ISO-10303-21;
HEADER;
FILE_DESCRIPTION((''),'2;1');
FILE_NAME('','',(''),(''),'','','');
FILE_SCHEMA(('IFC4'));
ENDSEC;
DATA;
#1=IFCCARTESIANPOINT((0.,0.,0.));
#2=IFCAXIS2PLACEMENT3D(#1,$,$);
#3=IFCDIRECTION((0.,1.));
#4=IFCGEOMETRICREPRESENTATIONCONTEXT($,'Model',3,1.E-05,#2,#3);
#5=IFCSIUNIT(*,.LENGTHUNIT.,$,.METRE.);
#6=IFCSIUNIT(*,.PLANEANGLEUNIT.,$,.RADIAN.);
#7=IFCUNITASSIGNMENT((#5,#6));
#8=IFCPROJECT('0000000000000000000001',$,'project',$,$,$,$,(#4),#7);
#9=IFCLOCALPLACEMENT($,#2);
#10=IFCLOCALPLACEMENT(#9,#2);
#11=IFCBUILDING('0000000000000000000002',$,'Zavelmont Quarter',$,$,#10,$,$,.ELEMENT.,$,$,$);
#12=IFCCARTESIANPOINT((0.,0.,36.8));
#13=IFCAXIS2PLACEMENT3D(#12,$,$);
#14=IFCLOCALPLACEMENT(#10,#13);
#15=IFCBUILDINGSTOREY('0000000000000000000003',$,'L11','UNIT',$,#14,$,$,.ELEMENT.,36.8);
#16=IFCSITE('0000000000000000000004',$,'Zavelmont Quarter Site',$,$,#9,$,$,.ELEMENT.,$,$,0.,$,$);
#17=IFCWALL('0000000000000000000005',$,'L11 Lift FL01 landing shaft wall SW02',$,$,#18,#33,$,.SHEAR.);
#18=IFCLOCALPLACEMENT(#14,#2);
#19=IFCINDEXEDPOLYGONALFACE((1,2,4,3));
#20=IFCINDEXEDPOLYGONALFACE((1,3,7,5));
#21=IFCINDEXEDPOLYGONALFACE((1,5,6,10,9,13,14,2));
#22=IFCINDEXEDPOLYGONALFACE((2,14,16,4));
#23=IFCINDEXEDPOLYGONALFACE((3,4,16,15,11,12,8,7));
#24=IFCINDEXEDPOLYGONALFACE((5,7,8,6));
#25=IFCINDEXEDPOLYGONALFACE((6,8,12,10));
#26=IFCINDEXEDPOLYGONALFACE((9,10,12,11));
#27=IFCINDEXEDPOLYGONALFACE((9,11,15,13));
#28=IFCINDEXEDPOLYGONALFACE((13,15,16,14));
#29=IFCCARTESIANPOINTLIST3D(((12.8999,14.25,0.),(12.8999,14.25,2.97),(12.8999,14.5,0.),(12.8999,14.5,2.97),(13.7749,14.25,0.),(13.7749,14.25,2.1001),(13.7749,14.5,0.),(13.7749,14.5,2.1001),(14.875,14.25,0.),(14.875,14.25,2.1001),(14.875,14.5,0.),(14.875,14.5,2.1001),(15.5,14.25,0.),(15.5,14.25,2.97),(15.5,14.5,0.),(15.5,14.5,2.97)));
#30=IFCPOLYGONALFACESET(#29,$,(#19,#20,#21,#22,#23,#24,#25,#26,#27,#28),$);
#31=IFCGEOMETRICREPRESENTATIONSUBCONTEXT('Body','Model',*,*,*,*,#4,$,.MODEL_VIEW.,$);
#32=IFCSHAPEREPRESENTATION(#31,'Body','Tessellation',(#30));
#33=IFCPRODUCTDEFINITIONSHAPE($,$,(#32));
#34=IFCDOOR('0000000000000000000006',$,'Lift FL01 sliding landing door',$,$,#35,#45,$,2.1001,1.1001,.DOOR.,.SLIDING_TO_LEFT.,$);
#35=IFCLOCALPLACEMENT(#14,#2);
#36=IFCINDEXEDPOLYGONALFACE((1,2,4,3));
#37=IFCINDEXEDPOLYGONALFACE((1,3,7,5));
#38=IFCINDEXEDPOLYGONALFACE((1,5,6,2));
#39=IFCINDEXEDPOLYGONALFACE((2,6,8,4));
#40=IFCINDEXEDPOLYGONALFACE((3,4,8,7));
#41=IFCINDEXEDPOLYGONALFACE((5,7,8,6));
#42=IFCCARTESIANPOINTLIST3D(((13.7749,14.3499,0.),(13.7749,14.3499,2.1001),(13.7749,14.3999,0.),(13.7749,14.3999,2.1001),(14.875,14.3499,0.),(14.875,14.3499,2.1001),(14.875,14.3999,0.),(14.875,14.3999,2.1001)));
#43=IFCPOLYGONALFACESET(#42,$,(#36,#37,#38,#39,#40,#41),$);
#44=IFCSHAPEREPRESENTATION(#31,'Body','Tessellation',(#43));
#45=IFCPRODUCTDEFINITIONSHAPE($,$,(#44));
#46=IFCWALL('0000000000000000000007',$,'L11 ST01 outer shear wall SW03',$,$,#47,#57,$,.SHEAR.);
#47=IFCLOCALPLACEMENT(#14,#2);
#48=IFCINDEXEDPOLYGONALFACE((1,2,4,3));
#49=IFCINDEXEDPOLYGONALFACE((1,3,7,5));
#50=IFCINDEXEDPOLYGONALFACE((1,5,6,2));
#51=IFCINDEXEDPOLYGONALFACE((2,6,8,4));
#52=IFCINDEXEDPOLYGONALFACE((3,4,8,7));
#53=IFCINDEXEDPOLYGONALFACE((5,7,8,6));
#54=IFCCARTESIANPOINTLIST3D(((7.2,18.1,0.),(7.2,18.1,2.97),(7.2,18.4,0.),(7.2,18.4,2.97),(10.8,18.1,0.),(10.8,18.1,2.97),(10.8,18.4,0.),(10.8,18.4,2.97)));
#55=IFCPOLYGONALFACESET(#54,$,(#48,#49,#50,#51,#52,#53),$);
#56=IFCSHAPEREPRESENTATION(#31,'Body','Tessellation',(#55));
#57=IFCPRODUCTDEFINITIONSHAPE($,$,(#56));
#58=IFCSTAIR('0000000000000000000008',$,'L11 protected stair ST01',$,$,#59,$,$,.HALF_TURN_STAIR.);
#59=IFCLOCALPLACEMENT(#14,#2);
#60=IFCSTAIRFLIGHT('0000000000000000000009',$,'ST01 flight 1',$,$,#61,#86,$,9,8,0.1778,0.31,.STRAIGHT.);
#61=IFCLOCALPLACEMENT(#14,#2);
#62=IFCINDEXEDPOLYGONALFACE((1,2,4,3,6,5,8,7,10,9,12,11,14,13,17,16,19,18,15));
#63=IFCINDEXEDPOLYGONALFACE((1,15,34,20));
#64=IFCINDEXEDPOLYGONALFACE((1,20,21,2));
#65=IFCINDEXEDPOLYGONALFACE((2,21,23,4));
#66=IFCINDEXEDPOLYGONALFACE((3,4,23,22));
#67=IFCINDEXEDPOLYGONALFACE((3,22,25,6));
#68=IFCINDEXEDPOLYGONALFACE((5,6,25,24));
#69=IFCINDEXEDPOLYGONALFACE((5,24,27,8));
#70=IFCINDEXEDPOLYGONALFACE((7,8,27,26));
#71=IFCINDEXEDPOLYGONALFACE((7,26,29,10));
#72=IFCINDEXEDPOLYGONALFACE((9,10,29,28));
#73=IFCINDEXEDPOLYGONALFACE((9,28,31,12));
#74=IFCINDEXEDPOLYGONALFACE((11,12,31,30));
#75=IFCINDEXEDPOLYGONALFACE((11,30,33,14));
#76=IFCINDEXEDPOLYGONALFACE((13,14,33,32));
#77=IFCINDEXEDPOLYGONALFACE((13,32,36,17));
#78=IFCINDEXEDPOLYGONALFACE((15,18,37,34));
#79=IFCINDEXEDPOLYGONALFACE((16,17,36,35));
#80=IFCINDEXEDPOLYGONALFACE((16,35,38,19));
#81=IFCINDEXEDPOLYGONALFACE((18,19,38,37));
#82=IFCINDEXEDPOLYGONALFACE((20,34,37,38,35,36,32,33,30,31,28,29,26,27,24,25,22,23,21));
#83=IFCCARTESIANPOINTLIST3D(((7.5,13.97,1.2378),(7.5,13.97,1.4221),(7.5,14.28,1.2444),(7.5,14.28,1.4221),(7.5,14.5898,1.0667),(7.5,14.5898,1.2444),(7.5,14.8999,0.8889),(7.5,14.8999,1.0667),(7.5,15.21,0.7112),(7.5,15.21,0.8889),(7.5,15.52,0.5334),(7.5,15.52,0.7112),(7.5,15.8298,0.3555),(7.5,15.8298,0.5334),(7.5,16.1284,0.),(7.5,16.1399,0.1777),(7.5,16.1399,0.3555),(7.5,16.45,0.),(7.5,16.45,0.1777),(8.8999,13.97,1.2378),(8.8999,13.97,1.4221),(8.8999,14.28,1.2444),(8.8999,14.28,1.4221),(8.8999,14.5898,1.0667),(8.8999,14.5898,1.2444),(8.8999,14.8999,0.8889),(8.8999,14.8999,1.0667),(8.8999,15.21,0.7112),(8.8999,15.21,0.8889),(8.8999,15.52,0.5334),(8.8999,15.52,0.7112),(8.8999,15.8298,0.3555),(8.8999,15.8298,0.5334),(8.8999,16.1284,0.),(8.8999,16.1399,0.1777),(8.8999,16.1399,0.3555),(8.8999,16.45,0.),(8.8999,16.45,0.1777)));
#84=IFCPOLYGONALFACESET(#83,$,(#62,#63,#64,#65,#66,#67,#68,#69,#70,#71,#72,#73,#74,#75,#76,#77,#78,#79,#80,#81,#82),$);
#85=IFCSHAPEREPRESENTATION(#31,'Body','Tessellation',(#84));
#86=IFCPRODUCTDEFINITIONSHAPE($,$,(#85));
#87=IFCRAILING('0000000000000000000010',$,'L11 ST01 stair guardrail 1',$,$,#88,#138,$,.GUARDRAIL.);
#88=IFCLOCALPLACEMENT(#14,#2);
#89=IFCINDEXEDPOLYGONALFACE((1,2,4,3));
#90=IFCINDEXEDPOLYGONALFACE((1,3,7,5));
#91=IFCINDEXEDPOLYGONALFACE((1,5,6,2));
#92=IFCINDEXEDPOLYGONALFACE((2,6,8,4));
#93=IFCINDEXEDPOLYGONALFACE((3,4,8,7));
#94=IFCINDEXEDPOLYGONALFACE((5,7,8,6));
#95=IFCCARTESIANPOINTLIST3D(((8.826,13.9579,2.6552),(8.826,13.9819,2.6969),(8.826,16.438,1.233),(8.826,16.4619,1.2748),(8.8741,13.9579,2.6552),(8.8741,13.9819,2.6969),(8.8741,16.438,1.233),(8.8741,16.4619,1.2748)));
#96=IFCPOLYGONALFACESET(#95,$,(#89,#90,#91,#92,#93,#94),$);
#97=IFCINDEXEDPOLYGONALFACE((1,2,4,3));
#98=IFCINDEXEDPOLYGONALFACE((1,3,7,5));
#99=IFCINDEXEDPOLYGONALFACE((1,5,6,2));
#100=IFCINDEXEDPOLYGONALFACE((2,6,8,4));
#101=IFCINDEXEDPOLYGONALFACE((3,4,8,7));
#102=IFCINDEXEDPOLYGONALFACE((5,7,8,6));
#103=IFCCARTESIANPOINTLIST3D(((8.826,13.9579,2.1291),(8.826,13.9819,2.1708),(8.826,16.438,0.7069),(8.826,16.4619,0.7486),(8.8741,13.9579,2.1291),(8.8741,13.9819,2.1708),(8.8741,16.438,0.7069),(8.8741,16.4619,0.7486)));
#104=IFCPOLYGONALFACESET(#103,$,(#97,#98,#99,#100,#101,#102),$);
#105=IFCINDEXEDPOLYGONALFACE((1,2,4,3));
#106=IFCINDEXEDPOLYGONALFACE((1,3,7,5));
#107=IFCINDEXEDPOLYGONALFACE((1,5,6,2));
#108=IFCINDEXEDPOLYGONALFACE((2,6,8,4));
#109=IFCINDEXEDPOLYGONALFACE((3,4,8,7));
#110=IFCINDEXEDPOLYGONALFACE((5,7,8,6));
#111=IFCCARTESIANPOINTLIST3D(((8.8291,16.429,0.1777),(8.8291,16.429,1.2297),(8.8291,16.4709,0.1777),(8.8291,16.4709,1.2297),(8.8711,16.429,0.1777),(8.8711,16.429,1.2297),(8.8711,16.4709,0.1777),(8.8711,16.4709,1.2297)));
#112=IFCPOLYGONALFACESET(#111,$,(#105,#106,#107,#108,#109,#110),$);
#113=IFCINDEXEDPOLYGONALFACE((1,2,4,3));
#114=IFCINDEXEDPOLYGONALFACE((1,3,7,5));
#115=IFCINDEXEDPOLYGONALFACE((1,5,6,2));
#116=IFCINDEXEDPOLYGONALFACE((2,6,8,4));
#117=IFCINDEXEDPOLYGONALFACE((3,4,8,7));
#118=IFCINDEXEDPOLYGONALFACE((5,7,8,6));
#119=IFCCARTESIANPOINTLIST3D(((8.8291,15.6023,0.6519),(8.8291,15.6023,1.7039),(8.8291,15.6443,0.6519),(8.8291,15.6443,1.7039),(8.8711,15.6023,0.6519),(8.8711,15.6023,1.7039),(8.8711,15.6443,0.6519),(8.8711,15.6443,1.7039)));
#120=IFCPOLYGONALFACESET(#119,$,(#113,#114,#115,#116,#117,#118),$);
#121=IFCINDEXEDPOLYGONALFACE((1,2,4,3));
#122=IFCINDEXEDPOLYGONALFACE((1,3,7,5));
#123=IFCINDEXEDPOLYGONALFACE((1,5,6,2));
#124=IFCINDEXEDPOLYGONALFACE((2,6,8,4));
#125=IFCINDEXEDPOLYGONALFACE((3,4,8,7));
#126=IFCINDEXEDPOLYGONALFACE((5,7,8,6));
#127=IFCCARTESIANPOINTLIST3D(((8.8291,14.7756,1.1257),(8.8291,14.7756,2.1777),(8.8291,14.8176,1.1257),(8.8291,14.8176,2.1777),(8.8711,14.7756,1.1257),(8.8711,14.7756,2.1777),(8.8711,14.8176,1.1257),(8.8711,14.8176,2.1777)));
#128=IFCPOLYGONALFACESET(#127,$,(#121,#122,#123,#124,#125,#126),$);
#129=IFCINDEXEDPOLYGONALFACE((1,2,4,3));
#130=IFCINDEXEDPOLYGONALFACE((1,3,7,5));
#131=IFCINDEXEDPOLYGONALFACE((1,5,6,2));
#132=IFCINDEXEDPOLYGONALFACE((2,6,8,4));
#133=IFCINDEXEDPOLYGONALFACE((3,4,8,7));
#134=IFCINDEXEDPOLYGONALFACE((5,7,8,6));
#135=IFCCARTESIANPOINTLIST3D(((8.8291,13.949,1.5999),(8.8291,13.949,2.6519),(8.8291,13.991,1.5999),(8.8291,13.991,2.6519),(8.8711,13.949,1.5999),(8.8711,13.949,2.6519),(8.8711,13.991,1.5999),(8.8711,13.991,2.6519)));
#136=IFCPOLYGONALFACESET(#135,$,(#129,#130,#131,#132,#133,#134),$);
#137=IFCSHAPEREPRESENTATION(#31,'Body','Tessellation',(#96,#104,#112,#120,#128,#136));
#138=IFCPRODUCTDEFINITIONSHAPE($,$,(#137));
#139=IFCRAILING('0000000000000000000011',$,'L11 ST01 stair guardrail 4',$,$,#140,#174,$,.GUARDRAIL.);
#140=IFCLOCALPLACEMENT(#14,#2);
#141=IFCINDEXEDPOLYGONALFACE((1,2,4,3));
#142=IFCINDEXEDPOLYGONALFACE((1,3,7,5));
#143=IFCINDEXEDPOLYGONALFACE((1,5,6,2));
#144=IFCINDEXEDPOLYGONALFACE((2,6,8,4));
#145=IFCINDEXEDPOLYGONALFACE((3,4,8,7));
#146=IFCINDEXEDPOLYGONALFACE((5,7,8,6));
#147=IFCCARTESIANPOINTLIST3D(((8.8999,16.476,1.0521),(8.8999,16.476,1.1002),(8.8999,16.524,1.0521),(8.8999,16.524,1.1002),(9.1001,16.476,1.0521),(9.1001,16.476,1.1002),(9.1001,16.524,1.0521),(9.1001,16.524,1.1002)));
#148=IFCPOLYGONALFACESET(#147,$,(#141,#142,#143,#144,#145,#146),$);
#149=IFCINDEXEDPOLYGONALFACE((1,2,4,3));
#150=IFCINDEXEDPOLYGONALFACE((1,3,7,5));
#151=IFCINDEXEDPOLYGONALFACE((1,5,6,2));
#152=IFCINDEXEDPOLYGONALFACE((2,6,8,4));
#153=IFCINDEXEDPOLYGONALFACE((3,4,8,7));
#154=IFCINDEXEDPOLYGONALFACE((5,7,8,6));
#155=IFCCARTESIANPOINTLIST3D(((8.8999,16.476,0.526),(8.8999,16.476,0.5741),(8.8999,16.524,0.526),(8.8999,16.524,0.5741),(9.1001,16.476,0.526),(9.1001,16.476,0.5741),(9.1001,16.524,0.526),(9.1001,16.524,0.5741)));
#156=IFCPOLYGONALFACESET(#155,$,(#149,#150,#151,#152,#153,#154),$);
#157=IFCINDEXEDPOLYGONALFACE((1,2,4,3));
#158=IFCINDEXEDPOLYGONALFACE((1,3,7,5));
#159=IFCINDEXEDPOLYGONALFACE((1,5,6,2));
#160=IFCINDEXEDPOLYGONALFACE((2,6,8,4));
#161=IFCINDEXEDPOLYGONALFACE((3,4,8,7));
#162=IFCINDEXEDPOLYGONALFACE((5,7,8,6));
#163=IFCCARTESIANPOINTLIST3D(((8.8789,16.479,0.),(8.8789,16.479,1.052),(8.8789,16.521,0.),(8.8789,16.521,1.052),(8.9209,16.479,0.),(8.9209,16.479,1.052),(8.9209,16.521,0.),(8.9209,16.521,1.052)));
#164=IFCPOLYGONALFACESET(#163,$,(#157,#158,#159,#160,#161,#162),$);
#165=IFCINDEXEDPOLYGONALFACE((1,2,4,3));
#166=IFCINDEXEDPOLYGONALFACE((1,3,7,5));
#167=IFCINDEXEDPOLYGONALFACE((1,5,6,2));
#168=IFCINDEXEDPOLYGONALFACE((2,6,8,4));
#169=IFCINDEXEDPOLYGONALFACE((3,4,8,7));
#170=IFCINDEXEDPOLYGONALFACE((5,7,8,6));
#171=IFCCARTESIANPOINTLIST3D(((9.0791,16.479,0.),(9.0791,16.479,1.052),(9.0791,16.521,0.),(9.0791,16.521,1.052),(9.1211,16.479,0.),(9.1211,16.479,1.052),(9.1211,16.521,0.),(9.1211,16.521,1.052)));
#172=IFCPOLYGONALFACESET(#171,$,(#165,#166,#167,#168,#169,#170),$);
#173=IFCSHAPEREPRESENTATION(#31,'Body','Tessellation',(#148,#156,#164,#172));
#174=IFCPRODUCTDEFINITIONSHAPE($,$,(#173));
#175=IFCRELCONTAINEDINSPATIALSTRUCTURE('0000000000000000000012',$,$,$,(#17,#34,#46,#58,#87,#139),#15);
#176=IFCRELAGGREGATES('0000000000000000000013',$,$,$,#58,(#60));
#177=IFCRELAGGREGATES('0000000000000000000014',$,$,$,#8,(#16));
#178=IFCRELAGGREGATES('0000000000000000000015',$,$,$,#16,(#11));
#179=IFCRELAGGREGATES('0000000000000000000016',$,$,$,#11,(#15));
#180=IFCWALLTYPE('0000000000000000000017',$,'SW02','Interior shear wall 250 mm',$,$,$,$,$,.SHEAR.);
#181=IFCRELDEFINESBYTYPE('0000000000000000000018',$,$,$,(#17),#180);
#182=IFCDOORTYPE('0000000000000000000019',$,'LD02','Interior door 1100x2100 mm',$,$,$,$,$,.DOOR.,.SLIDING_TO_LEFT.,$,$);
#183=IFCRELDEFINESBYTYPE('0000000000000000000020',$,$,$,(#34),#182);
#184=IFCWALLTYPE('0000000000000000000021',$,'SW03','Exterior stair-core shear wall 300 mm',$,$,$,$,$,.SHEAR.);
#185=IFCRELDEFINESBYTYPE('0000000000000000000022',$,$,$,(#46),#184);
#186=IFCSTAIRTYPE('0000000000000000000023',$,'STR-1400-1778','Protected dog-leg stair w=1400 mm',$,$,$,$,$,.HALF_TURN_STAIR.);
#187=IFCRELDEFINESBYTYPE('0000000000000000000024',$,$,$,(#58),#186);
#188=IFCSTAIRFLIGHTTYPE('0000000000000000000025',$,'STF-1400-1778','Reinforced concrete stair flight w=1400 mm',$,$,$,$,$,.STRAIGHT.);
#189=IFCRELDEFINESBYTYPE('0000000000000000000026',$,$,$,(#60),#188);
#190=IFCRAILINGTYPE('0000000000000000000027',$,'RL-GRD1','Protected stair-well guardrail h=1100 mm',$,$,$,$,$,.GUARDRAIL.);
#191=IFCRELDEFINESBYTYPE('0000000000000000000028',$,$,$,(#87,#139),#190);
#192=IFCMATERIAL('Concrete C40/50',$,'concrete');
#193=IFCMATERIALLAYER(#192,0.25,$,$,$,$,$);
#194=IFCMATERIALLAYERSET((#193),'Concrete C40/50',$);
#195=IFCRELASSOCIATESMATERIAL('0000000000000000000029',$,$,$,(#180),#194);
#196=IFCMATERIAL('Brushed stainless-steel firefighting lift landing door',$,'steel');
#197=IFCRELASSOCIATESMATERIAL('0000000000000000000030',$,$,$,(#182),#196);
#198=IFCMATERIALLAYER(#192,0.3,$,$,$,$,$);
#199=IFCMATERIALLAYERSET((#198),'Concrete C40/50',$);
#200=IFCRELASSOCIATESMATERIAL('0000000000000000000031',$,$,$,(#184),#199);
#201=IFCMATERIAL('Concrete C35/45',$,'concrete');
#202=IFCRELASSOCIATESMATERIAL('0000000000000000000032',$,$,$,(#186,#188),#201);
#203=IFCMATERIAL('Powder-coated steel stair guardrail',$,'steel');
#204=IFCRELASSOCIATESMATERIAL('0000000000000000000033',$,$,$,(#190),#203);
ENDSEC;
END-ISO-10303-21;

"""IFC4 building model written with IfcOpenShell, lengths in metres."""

from ifc_helpers import new_model, si_unit, direction, frame, frame_2d, origin, origin_with_axes, origin_2d, place, context, subcontext, project, spatial, polyline, rectangle, outline, extrude, material, layer, layer_set, type_object, element, fill, aggregate, save


model = new_model("IFC4")

# Units and contexts
model_context = context("Model", 3, precision=1e-05, world=origin(), true_north=direction((0.0, 1.0)))
body_context = subcontext(model_context, "Body", "Model", "MODEL_VIEW")
ifc_project = project(units=[si_unit("LENGTHUNIT", "METRE"), si_unit("PLANEANGLEUNIT", "RADIAN")], contexts=[model_context])

# Site, building, storey
site_placement = place(None, origin())
site = spatial("IfcSite", under=ifc_project, at=site_placement, Name="Zavelmont Quarter Site", CompositionType="ELEMENT", RefElevation=0.0)
building_placement = place(site_placement, origin())
building = spatial("IfcBuilding", under=site, at=building_placement, Name="Zavelmont Quarter", CompositionType="ELEMENT")
storey_placement = place(building_placement, frame((0.0, 0.0, 36.8)))
storey = spatial("IfcBuildingStorey", under=building, at=storey_placement, Name="L11", Description="UNIT", CompositionType="ELEMENT", Elevation=36.8)

# Shared definitions
ifc_material_1 = material(Name="Concrete C35/45", Category="concrete")

# Shared definitions
ifc_material_2 = material(Name="Concrete C40/50", Category="concrete")

# Wall, opening, door
ifc_layer_1 = layer(ifc_material_2, 0.25)
ifc_layer_set_1 = layer_set([ifc_layer_1], Name="Concrete C40/50")
wall_type_1 = type_object("IfcWallType", Name="SW02", Description="Interior shear wall 250 mm", PredefinedType="SHEAR", material=ifc_layer_set_1)
wall_1_placement = place(storey_placement, frame((12.8999, 14.375, 0.0), z_axis=(0.0, 0.0, 1.0), x_axis=(1.0, 0.0, 0.0)))
wall_1 = element("IfcWall", 1, at=wall_1_placement, inside=storey, type_object=wall_type_1, Name="L11 Lift FL01 landing shaft wall SW02", PredefinedType="SHEAR", context=body_context, shape_type="SweptSolid", body=[
    extrude(rectangle(XDim=2.6001, YDim=0.25, at=frame_2d((1.3, 0.0))), origin(), (0.0, 0.0, 1.0), 2.97),
])
opening_1_placement = place(wall_1_placement, frame((0.875, 0.0, 0.0)))
opening_1 = element("IfcOpeningElement", 2, at=opening_1_placement, cuts=wall_1, PredefinedType="OPENING", context=body_context, shape_type="SweptSolid", body=[
    extrude(rectangle(XDim=1.1001, YDim=2.1001, at=frame_2d((0.55, 1.05))), frame((0.0, 0.137, 0.0), z_axis=(0.0, -1.0, 0.0), x_axis=(1.0, 0.0, 0.0)), (0.0, 0.0, 1.0), 0.2739),
])
ifc_material_3 = material(Name="Brushed stainless-steel firefighting lift landing door", Category="steel")
door_type_1 = type_object("IfcDoorType", Name="LD02", Description="Interior door 1100x2100 mm", OperationType="SLIDING_TO_LEFT", PredefinedType="DOOR", material=ifc_material_3)
door_1_placement = place(opening_1_placement, origin_with_axes())
door_1 = element("IfcDoor", 3, at=door_1_placement, inside=storey, type_object=door_type_1, Name="Lift FL01 sliding landing door", OperationType="SLIDING_TO_LEFT", OverallHeight=2.1001, OverallWidth=1.1001, PredefinedType="DOOR", context=body_context, shape_type="SweptSolid", body=[
    extrude(rectangle(XDim=1.1001, YDim=2.1001, at=frame_2d((0.55, 1.05))), frame((0.0, 0.0249, 0.0), z_axis=(0.0, -1.0, 0.0), x_axis=(1.0, 0.0, 0.0)), (0.0, 0.0, 1.0), 0.05),
])
fill(opening_1, door_1)

# Wall
ifc_layer_2 = layer(ifc_material_2, 0.3)
ifc_layer_set_2 = layer_set([ifc_layer_2], Name="Concrete C40/50")
wall_type_2 = type_object("IfcWallType", Name="SW03", Description="Exterior stair-core shear wall 300 mm", PredefinedType="SHEAR", material=ifc_layer_set_2)
wall_2_placement = place(storey_placement, frame((7.2, 18.25, 0.0), z_axis=(0.0, 0.0, 1.0), x_axis=(1.0, 0.0, 0.0)))
element("IfcWall", 4, at=wall_2_placement, inside=storey, type_object=wall_type_2, Name="L11 ST01 outer shear wall SW03", PredefinedType="SHEAR", context=body_context, shape_type="SweptSolid", body=[
    extrude(rectangle(XDim=3.6001, YDim=0.3, at=frame_2d((1.8, 0.0))), origin(), (0.0, 0.0, 1.0), 2.97),
])

# Stair, stair flight
stair_type = type_object("IfcStairType", Name="STR-1400-1778", Description="Protected dog-leg stair w=1400 mm", PredefinedType="HALF_TURN_STAIR", material=ifc_material_1)
stair_placement = place(storey_placement, origin())
stair = element("IfcStair", 5, at=stair_placement, inside=storey, type_object=stair_type, Name="L11 protected stair ST01", PredefinedType="HALF_TURN_STAIR")
stair_flight_type = type_object("IfcStairFlightType", Name="STF-1400-1778", Description="Reinforced concrete stair flight w=1400 mm", PredefinedType="STRAIGHT", material=ifc_material_1)
stair_flight_placement = place(storey_placement, frame((8.2, 16.45, 0.0), z_axis=(0.0, 0.0, 1.0), x_axis=(0.0, -1.0, 0.0)))
stair_flight = element("IfcStairFlight", 6, at=stair_flight_placement, type_object=stair_flight_type, Name="ST01 flight 1", NumberOfRisers=9, NumberOfTreads=8, PredefinedType="STRAIGHT", RiserHeight=0.1778, TreadLength=0.31, context=body_context, shape_type="SweptSolid", body=[
    extrude(outline(polyline([(0.0, 0.0), (0.0, 0.1777), (0.3101, 0.1777), (0.3101, 0.3555), (0.6201, 0.3555), (0.6201, 0.5334), (0.9299, 0.5334), (0.9299, 0.7112), (1.24, 0.7112), (1.24, 0.8889), (1.55, 0.8889), (1.55, 1.0667), (1.8601, 1.0667), (1.8601, 1.2444), (2.1699, 1.2444), (2.1699, 1.4221), (2.48, 1.4221), (2.48, 1.6001), (2.48, 1.2378), (0.3215, 0.0), (0.0, 0.0)])), frame((0.0, 0.7, 0.0), z_axis=(0.0, -1.0, 0.0), x_axis=(1.0, 0.0, 0.0)), (0.0, 0.0, 1.0), 1.3999),
])
aggregate(stair, [stair_flight])

# Railings
ifc_material_4 = material(Name="Powder-coated steel stair guardrail", Category="steel")
railing_type_1 = type_object("IfcRailingType", Name="RL-GRD1", Description="Protected stair-well guardrail h=1100 mm", PredefinedType="GUARDRAIL", material=ifc_material_4)
railing_1_placement = place(storey_placement, frame((8.8501, 16.45, 0.1777)))
element("IfcRailing", 7, at=railing_1_placement, inside=storey, type_object=railing_type_1, Name="L11 ST01 stair guardrail 1", PredefinedType="GUARDRAIL", context=body_context, shape_type="SweptSolid", body=[
    extrude(rectangle(XDim=0.0481, YDim=0.0481, at=origin_2d()), frame((0.0, 0.0, 1.0762), z_axis=(0.0, -0.867491, 0.497454), x_axis=(1.0, 0.0, 0.0)), (0.0, 0.0, 1.0), 2.8589),
    extrude(rectangle(XDim=0.0481, YDim=0.0481, at=origin_2d()), frame((0.0, 0.0, 0.55), z_axis=(0.0, -0.867491, 0.497454), x_axis=(1.0, 0.0, 0.0)), (0.0, 0.0, 1.0), 2.8589),
    extrude(rectangle(XDim=0.042, YDim=0.042, at=origin_2d()), origin(), (0.0, 0.0, 1.0), 1.052),
    extrude(rectangle(XDim=0.042, YDim=0.042, at=origin_2d()), frame((0.0, -0.8267, 0.4741)), (0.0, 0.0, 1.0), 1.052),
    extrude(rectangle(XDim=0.042, YDim=0.042, at=origin_2d()), frame((0.0, -1.6533, 0.948)), (0.0, 0.0, 1.0), 1.052),
    extrude(rectangle(XDim=0.042, YDim=0.042, at=origin_2d()), frame((0.0, -2.48, 1.4221)), (0.0, 0.0, 1.0), 1.052),
])
railing_2_placement = place(storey_placement, frame((8.8999, 16.5, 0.0)))
element("IfcRailing", 8, at=railing_2_placement, inside=storey, type_object=railing_type_1, Name="L11 ST01 stair guardrail 4", PredefinedType="GUARDRAIL", context=body_context, shape_type="SweptSolid", body=[
    extrude(rectangle(XDim=0.0481, YDim=0.0481, at=origin_2d()), frame((0.0, 0.0, 1.0762), z_axis=(1.0, 0.0, 0.0), x_axis=(0.0, 1.0, 0.0)), (0.0, 0.0, 1.0), 0.2002),
    extrude(rectangle(XDim=0.0481, YDim=0.0481, at=origin_2d()), frame((0.0, 0.0, 0.55), z_axis=(1.0, 0.0, 0.0), x_axis=(0.0, 1.0, 0.0)), (0.0, 0.0, 1.0), 0.2002),
    extrude(rectangle(XDim=0.042, YDim=0.042, at=origin_2d()), origin(), (0.0, 0.0, 1.0), 1.052),
    extrude(rectangle(XDim=0.042, YDim=0.042, at=origin_2d()), frame((0.2002, 0.0, 0.0)), (0.0, 0.0, 1.0), 1.052),
])

save(model, "model.ifc")
